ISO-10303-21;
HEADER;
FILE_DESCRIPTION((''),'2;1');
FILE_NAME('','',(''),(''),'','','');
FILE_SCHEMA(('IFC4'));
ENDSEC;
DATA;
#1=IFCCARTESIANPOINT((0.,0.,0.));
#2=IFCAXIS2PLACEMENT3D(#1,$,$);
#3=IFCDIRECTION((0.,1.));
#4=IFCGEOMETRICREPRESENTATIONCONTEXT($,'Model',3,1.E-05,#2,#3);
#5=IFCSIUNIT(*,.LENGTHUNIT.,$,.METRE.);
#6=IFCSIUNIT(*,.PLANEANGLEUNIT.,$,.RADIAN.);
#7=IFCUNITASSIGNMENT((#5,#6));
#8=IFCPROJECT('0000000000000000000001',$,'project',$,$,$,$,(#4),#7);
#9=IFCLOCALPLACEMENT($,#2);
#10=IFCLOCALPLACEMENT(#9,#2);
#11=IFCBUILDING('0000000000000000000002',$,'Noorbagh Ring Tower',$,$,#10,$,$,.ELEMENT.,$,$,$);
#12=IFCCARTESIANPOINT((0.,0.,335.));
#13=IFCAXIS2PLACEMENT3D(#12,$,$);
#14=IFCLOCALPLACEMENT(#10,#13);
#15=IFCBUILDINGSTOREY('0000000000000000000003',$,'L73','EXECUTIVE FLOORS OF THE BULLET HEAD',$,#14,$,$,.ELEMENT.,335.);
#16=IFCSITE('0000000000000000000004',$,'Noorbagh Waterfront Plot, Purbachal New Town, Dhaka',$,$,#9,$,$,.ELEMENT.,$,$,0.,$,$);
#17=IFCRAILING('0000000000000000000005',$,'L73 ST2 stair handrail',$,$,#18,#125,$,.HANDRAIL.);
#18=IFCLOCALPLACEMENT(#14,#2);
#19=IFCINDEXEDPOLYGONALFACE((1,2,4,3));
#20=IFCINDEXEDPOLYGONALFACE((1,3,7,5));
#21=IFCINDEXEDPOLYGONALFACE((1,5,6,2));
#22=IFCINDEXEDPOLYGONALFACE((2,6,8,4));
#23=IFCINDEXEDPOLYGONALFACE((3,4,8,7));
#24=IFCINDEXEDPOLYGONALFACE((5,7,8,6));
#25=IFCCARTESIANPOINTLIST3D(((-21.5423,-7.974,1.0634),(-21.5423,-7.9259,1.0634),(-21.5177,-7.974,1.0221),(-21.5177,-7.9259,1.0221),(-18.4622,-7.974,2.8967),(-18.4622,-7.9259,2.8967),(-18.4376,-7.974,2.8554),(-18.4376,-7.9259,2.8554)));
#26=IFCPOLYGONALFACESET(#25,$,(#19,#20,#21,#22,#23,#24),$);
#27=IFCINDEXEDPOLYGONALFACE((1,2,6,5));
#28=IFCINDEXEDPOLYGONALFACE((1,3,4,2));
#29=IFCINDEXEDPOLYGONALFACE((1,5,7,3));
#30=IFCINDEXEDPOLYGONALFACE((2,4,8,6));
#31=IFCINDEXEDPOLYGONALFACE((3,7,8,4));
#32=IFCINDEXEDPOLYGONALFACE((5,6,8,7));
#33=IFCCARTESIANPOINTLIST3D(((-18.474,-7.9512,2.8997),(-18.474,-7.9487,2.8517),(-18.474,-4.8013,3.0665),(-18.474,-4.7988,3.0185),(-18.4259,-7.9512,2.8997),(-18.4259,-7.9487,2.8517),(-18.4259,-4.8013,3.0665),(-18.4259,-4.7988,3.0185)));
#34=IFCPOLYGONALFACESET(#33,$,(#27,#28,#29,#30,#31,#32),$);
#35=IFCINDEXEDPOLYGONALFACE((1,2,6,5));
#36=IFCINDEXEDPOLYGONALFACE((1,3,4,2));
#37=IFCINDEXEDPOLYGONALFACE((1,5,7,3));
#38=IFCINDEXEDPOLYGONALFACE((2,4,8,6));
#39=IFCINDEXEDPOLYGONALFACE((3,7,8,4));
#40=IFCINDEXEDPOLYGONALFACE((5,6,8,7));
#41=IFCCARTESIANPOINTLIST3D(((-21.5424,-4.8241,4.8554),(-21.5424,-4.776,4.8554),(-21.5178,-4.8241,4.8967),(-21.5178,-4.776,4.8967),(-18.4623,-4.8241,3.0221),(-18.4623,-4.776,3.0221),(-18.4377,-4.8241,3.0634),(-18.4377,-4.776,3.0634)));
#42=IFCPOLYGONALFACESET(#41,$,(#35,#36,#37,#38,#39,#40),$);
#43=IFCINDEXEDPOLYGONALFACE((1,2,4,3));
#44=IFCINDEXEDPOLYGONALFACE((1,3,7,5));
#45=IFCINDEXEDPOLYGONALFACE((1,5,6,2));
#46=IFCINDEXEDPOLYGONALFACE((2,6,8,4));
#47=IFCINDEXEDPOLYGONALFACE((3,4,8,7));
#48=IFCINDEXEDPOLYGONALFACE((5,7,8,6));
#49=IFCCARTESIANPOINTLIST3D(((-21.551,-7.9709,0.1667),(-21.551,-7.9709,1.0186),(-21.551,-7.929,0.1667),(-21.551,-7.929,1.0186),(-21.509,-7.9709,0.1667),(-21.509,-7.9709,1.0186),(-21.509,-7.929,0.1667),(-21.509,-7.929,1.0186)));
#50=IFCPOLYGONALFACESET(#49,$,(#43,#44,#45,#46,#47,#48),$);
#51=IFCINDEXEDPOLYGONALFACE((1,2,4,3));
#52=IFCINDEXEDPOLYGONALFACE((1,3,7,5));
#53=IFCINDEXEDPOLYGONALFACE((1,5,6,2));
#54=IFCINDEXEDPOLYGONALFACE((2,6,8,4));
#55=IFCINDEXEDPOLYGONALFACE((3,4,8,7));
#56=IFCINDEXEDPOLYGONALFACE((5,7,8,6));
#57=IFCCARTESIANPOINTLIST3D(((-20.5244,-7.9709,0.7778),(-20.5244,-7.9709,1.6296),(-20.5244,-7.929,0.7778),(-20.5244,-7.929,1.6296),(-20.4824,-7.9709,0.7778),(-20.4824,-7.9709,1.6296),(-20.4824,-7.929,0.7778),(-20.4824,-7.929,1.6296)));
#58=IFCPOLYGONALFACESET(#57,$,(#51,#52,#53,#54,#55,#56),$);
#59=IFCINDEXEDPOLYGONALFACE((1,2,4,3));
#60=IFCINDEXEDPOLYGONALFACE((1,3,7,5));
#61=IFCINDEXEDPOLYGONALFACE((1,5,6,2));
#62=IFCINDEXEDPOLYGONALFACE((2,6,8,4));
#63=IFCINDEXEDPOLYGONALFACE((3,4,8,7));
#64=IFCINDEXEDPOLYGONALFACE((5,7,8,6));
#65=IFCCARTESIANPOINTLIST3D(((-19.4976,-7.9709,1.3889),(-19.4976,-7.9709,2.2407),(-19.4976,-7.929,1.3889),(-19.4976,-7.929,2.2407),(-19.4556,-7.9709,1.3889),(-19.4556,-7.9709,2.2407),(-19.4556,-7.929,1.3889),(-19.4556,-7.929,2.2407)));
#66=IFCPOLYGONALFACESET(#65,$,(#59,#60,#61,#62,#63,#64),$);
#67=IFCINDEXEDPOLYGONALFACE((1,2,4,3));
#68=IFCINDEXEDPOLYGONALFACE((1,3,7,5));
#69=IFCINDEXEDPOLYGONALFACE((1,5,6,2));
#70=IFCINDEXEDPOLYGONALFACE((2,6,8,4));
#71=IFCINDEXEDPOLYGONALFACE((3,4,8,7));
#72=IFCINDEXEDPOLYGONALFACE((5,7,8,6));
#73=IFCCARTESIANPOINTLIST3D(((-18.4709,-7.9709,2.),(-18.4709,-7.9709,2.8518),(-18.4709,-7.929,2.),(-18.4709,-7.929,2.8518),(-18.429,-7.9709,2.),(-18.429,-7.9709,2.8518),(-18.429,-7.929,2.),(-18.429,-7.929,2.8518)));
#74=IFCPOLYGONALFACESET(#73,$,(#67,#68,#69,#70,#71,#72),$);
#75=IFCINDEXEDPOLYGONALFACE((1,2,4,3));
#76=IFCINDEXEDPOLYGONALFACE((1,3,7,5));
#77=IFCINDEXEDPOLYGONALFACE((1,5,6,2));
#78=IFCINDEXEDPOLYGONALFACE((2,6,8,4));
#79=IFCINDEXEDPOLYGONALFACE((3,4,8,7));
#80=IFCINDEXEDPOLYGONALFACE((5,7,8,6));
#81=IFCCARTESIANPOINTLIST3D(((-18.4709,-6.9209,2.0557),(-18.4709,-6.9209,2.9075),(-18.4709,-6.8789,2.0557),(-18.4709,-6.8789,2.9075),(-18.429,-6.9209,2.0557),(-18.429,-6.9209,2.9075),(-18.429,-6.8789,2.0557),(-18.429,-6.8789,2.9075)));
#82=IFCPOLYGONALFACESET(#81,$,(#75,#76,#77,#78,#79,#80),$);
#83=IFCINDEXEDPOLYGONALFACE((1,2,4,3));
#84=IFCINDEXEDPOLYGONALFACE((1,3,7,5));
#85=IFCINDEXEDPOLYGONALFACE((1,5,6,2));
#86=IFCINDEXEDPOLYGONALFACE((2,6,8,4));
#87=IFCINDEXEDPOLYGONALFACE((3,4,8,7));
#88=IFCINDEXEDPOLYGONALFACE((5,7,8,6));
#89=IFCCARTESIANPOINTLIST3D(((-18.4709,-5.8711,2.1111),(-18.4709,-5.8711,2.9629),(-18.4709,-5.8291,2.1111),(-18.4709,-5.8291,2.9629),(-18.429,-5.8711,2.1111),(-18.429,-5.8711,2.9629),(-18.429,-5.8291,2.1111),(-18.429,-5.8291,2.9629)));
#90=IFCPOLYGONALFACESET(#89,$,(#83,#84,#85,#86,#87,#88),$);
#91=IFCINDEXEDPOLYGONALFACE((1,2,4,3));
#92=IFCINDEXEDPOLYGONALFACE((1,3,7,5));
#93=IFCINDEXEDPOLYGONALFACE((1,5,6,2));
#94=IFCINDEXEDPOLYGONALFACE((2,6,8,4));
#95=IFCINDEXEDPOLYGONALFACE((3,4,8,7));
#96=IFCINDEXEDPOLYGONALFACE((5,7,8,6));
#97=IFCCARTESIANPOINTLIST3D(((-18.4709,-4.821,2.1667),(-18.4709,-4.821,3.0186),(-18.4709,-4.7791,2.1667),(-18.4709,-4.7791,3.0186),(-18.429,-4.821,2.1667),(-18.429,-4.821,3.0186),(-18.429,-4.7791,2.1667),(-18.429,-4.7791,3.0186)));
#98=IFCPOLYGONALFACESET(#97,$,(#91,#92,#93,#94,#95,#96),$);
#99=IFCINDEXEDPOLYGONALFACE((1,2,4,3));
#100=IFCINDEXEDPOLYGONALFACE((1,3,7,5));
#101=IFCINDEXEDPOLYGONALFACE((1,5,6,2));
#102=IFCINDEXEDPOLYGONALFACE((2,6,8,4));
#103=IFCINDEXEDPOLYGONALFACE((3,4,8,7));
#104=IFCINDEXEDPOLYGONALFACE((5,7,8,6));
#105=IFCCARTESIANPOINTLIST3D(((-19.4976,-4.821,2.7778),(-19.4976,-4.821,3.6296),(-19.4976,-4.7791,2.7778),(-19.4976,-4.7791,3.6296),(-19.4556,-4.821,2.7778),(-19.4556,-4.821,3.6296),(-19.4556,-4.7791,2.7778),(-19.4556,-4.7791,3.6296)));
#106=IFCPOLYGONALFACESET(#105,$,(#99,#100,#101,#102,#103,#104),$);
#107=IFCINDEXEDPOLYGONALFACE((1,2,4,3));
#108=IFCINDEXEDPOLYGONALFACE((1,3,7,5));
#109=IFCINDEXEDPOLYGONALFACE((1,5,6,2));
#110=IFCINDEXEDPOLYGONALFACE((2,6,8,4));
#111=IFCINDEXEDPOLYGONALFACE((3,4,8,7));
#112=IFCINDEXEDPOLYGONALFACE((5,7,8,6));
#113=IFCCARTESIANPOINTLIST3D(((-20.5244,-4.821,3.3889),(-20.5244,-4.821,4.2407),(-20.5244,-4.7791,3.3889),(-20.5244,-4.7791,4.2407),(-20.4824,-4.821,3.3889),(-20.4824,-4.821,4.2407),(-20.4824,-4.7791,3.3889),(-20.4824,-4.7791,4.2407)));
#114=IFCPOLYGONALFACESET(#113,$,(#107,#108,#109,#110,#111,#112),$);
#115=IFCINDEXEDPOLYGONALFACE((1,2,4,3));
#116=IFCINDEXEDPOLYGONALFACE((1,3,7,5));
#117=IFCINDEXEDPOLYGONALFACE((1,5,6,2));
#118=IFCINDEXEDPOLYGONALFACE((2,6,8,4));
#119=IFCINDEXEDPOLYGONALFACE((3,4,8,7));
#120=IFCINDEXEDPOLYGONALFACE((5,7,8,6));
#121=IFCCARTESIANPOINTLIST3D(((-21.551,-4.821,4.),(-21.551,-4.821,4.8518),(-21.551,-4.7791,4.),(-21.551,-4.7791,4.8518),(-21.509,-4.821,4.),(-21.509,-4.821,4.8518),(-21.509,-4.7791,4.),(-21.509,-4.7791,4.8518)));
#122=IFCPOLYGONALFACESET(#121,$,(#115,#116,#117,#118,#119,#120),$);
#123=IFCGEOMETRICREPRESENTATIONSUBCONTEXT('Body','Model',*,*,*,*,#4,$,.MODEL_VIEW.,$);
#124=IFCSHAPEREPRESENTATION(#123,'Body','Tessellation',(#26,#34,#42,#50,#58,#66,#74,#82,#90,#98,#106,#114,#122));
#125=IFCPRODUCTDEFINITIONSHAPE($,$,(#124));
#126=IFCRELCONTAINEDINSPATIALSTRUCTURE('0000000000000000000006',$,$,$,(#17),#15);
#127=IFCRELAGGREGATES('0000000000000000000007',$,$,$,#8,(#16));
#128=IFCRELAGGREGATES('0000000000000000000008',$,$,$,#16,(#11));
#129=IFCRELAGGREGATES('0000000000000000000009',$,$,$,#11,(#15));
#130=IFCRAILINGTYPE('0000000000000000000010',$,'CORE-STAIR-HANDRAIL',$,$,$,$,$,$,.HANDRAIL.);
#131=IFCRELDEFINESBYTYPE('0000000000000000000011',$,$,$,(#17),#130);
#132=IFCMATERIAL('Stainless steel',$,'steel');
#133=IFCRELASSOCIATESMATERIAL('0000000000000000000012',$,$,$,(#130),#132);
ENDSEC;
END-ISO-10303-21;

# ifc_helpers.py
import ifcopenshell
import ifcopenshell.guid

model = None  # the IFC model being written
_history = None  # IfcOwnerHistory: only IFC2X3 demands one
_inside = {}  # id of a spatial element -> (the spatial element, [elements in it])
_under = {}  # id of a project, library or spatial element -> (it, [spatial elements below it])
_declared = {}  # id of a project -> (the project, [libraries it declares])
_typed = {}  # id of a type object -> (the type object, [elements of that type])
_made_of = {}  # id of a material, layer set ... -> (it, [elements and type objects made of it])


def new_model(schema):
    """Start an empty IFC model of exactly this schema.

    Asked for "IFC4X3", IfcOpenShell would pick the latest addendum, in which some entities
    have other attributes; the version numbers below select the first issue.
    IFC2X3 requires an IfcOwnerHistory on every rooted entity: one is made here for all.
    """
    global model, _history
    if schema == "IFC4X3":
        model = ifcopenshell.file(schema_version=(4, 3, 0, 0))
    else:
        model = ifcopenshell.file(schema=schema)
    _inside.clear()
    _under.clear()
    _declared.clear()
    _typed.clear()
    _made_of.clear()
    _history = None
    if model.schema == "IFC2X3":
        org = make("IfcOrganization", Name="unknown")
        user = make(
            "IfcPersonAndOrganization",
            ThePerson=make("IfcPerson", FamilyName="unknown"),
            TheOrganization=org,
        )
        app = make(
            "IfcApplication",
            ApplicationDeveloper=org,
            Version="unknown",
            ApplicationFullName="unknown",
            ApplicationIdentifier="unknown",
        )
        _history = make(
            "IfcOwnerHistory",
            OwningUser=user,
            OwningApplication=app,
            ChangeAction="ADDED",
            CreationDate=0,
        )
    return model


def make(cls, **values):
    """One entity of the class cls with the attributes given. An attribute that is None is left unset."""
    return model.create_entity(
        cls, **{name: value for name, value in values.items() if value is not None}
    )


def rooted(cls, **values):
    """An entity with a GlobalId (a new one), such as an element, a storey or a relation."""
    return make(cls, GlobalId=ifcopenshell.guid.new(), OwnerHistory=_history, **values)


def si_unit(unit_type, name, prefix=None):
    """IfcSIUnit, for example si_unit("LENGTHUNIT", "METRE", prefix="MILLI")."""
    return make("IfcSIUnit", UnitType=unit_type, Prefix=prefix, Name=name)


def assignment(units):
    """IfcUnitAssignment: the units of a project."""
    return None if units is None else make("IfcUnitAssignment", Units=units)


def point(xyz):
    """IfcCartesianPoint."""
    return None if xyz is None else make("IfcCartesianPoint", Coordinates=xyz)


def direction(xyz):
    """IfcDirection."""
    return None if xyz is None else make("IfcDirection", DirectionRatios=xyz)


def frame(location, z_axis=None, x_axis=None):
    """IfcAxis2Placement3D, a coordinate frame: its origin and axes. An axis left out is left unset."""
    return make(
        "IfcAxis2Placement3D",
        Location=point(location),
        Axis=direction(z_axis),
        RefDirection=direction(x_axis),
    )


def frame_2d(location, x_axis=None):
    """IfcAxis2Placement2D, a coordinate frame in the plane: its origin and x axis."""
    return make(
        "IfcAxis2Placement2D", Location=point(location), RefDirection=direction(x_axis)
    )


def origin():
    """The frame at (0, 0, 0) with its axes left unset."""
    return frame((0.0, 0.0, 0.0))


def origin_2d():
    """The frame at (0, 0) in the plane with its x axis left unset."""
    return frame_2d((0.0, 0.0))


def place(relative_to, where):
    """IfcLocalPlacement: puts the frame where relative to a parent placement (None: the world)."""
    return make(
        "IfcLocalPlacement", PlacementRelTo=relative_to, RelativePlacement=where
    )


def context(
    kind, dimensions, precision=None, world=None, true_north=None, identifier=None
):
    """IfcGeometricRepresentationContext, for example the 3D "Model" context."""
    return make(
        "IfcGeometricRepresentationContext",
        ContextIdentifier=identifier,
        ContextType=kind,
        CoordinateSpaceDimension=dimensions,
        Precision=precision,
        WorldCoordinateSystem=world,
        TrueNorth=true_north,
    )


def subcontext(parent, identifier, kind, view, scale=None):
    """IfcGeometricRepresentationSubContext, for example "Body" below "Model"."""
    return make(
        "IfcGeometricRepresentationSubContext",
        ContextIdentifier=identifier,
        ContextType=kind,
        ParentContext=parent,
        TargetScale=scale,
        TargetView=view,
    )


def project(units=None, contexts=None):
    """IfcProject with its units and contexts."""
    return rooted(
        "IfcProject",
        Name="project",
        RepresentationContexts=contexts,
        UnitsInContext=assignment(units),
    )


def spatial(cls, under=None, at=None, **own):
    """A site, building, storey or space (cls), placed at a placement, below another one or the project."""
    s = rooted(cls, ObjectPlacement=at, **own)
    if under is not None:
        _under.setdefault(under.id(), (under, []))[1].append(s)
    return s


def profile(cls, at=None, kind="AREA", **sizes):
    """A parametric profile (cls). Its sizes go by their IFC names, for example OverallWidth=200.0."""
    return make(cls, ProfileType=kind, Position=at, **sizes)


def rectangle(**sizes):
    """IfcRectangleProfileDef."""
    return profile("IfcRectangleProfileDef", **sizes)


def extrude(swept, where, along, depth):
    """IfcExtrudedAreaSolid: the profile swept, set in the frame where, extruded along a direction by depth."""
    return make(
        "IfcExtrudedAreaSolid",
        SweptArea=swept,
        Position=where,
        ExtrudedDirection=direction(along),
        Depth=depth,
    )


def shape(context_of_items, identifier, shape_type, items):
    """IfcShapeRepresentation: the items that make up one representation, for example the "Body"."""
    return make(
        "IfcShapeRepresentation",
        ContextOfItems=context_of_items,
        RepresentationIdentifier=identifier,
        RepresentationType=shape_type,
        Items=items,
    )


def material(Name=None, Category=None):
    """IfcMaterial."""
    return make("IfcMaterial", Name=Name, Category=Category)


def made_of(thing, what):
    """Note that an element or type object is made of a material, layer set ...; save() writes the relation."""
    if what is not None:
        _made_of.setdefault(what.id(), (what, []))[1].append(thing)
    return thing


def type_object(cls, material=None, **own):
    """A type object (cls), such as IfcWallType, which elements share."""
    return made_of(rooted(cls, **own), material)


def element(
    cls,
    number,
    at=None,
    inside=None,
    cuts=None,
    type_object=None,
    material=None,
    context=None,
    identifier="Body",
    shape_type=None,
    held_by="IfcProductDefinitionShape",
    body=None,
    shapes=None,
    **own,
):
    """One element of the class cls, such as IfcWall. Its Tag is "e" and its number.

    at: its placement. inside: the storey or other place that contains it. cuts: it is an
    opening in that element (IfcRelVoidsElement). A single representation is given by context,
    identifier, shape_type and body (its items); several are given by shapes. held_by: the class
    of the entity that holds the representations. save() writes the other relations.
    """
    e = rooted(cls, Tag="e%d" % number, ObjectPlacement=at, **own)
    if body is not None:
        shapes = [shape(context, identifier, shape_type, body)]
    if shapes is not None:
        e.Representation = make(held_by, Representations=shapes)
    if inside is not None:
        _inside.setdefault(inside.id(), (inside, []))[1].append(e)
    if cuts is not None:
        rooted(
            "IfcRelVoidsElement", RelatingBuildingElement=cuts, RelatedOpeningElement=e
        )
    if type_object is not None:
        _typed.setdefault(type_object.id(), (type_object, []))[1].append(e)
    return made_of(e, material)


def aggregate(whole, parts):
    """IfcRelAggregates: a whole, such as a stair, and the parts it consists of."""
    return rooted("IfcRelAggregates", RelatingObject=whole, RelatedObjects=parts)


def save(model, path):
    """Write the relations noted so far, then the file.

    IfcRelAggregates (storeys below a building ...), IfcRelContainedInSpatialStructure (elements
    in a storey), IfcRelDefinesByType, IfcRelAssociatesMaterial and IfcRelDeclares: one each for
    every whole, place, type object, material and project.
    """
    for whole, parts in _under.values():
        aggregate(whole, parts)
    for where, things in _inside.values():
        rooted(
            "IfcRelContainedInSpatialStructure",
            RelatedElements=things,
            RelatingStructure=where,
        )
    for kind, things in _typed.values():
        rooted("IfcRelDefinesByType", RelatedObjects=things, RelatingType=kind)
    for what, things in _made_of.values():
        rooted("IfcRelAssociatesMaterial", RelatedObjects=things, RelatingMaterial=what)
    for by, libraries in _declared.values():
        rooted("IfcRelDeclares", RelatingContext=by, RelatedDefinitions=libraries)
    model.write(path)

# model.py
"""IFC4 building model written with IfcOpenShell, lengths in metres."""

from ifc_helpers import new_model, si_unit, direction, frame, origin, origin_2d, place, context, subcontext, project, spatial, rectangle, extrude, material, type_object, element, save


model = new_model("IFC4")

# Units and contexts
model_context = context("Model", 3, precision=1e-05, world=origin(), true_north=direction((0.0, 1.0)))
body_context = subcontext(model_context, "Body", "Model", "MODEL_VIEW")
ifc_project = project(units=[si_unit("LENGTHUNIT", "METRE"), si_unit("PLANEANGLEUNIT", "RADIAN")], contexts=[model_context])

# Site, building, storey
site_placement = place(None, origin())
site = spatial("IfcSite", under=ifc_project, at=site_placement, Name="Noorbagh Waterfront Plot, Purbachal New Town, Dhaka", CompositionType="ELEMENT", RefElevation=0.0)
building_placement = place(site_placement, origin())
building = spatial("IfcBuilding", under=site, at=building_placement, Name="Noorbagh Ring Tower", CompositionType="ELEMENT")
storey_placement = place(building_placement, frame((0.0, 0.0, 335.0)))
storey = spatial("IfcBuildingStorey", under=building, at=storey_placement, Name="L73", Description="EXECUTIVE FLOORS OF THE BULLET HEAD", CompositionType="ELEMENT", Elevation=335.0)

# Railing
ifc_material_1 = material(Name="Stainless steel", Category="steel")
railing_type_1 = type_object("IfcRailingType", Name="CORE-STAIR-HANDRAIL", PredefinedType="HANDRAIL", material=ifc_material_1)
railing_1_placement = place(storey_placement, frame((-21.53, -7.95, 0.1667)))
element("IfcRailing", 1, at=railing_1_placement, inside=storey, type_object=railing_type_1, Name="L73 ST2 stair handrail", PredefinedType="HANDRAIL", context=body_context, shape_type="SweptSolid", body=[
    extrude(rectangle(XDim=0.0481, YDim=0.0481, at=origin_2d()), frame((0.0, 0.0, 0.876), z_axis=(0.859309, 0.0, 0.511458), x_axis=(0.0, 1.0, 0.0)), (0.0, 0.0, 1.0), 3.5845),
    extrude(rectangle(XDim=0.0481, YDim=0.0481, at=origin_2d()), frame((3.0801, 0.0, 2.709), z_axis=(0.0, 0.998602, 0.052864), x_axis=(-1.0, 0.0, 0.0)), (0.0, 0.0, 1.0), 3.1543),
    extrude(rectangle(XDim=0.0481, YDim=0.0481, at=origin_2d()), frame((3.0801, 3.1499, 2.876), z_axis=(-0.859309, 0.0, 0.511458), x_axis=(0.0, -1.0, 0.0)), (0.0, 0.0, 1.0), 3.5845),
    extrude(rectangle(XDim=0.042, YDim=0.042, at=origin_2d()), origin(), (0.0, 0.0, 1.0), 0.8518),
    extrude(rectangle(XDim=0.042, YDim=0.042, at=origin_2d()), frame((1.0266, 0.0, 0.6111)), (0.0, 0.0, 1.0), 0.8518),
    extrude(rectangle(XDim=0.042, YDim=0.042, at=origin_2d()), frame((2.0535, 0.0, 1.2222)), (0.0, 0.0, 1.0), 0.8518),
    extrude(rectangle(XDim=0.042, YDim=0.042, at=origin_2d()), frame((3.0801, 0.0, 1.8333)), (0.0, 0.0, 1.0), 0.8518),
    extrude(rectangle(XDim=0.042, YDim=0.042, at=origin_2d()), frame((3.0801, 1.05, 1.8889)), (0.0, 0.0, 1.0), 0.8518),
    extrude(rectangle(XDim=0.042, YDim=0.042, at=origin_2d()), frame((3.0801, 2.0999, 1.9443)), (0.0, 0.0, 1.0), 0.8518),
    extrude(rectangle(XDim=0.042, YDim=0.042, at=origin_2d()), frame((3.0801, 3.1499, 2.0)), (0.0, 0.0, 1.0), 0.8518),
    extrude(rectangle(XDim=0.042, YDim=0.042, at=origin_2d()), frame((2.0535, 3.1499, 2.6111)), (0.0, 0.0, 1.0), 0.8518),
    extrude(rectangle(XDim=0.042, YDim=0.042, at=origin_2d()), frame((1.0266, 3.1499, 3.2222)), (0.0, 0.0, 1.0), 0.8518),
    extrude(rectangle(XDim=0.042, YDim=0.042, at=origin_2d()), frame((0.0, 3.1499, 3.8333)), (0.0, 0.0, 1.0), 0.8518),
])

save(model, "model.ifc")
